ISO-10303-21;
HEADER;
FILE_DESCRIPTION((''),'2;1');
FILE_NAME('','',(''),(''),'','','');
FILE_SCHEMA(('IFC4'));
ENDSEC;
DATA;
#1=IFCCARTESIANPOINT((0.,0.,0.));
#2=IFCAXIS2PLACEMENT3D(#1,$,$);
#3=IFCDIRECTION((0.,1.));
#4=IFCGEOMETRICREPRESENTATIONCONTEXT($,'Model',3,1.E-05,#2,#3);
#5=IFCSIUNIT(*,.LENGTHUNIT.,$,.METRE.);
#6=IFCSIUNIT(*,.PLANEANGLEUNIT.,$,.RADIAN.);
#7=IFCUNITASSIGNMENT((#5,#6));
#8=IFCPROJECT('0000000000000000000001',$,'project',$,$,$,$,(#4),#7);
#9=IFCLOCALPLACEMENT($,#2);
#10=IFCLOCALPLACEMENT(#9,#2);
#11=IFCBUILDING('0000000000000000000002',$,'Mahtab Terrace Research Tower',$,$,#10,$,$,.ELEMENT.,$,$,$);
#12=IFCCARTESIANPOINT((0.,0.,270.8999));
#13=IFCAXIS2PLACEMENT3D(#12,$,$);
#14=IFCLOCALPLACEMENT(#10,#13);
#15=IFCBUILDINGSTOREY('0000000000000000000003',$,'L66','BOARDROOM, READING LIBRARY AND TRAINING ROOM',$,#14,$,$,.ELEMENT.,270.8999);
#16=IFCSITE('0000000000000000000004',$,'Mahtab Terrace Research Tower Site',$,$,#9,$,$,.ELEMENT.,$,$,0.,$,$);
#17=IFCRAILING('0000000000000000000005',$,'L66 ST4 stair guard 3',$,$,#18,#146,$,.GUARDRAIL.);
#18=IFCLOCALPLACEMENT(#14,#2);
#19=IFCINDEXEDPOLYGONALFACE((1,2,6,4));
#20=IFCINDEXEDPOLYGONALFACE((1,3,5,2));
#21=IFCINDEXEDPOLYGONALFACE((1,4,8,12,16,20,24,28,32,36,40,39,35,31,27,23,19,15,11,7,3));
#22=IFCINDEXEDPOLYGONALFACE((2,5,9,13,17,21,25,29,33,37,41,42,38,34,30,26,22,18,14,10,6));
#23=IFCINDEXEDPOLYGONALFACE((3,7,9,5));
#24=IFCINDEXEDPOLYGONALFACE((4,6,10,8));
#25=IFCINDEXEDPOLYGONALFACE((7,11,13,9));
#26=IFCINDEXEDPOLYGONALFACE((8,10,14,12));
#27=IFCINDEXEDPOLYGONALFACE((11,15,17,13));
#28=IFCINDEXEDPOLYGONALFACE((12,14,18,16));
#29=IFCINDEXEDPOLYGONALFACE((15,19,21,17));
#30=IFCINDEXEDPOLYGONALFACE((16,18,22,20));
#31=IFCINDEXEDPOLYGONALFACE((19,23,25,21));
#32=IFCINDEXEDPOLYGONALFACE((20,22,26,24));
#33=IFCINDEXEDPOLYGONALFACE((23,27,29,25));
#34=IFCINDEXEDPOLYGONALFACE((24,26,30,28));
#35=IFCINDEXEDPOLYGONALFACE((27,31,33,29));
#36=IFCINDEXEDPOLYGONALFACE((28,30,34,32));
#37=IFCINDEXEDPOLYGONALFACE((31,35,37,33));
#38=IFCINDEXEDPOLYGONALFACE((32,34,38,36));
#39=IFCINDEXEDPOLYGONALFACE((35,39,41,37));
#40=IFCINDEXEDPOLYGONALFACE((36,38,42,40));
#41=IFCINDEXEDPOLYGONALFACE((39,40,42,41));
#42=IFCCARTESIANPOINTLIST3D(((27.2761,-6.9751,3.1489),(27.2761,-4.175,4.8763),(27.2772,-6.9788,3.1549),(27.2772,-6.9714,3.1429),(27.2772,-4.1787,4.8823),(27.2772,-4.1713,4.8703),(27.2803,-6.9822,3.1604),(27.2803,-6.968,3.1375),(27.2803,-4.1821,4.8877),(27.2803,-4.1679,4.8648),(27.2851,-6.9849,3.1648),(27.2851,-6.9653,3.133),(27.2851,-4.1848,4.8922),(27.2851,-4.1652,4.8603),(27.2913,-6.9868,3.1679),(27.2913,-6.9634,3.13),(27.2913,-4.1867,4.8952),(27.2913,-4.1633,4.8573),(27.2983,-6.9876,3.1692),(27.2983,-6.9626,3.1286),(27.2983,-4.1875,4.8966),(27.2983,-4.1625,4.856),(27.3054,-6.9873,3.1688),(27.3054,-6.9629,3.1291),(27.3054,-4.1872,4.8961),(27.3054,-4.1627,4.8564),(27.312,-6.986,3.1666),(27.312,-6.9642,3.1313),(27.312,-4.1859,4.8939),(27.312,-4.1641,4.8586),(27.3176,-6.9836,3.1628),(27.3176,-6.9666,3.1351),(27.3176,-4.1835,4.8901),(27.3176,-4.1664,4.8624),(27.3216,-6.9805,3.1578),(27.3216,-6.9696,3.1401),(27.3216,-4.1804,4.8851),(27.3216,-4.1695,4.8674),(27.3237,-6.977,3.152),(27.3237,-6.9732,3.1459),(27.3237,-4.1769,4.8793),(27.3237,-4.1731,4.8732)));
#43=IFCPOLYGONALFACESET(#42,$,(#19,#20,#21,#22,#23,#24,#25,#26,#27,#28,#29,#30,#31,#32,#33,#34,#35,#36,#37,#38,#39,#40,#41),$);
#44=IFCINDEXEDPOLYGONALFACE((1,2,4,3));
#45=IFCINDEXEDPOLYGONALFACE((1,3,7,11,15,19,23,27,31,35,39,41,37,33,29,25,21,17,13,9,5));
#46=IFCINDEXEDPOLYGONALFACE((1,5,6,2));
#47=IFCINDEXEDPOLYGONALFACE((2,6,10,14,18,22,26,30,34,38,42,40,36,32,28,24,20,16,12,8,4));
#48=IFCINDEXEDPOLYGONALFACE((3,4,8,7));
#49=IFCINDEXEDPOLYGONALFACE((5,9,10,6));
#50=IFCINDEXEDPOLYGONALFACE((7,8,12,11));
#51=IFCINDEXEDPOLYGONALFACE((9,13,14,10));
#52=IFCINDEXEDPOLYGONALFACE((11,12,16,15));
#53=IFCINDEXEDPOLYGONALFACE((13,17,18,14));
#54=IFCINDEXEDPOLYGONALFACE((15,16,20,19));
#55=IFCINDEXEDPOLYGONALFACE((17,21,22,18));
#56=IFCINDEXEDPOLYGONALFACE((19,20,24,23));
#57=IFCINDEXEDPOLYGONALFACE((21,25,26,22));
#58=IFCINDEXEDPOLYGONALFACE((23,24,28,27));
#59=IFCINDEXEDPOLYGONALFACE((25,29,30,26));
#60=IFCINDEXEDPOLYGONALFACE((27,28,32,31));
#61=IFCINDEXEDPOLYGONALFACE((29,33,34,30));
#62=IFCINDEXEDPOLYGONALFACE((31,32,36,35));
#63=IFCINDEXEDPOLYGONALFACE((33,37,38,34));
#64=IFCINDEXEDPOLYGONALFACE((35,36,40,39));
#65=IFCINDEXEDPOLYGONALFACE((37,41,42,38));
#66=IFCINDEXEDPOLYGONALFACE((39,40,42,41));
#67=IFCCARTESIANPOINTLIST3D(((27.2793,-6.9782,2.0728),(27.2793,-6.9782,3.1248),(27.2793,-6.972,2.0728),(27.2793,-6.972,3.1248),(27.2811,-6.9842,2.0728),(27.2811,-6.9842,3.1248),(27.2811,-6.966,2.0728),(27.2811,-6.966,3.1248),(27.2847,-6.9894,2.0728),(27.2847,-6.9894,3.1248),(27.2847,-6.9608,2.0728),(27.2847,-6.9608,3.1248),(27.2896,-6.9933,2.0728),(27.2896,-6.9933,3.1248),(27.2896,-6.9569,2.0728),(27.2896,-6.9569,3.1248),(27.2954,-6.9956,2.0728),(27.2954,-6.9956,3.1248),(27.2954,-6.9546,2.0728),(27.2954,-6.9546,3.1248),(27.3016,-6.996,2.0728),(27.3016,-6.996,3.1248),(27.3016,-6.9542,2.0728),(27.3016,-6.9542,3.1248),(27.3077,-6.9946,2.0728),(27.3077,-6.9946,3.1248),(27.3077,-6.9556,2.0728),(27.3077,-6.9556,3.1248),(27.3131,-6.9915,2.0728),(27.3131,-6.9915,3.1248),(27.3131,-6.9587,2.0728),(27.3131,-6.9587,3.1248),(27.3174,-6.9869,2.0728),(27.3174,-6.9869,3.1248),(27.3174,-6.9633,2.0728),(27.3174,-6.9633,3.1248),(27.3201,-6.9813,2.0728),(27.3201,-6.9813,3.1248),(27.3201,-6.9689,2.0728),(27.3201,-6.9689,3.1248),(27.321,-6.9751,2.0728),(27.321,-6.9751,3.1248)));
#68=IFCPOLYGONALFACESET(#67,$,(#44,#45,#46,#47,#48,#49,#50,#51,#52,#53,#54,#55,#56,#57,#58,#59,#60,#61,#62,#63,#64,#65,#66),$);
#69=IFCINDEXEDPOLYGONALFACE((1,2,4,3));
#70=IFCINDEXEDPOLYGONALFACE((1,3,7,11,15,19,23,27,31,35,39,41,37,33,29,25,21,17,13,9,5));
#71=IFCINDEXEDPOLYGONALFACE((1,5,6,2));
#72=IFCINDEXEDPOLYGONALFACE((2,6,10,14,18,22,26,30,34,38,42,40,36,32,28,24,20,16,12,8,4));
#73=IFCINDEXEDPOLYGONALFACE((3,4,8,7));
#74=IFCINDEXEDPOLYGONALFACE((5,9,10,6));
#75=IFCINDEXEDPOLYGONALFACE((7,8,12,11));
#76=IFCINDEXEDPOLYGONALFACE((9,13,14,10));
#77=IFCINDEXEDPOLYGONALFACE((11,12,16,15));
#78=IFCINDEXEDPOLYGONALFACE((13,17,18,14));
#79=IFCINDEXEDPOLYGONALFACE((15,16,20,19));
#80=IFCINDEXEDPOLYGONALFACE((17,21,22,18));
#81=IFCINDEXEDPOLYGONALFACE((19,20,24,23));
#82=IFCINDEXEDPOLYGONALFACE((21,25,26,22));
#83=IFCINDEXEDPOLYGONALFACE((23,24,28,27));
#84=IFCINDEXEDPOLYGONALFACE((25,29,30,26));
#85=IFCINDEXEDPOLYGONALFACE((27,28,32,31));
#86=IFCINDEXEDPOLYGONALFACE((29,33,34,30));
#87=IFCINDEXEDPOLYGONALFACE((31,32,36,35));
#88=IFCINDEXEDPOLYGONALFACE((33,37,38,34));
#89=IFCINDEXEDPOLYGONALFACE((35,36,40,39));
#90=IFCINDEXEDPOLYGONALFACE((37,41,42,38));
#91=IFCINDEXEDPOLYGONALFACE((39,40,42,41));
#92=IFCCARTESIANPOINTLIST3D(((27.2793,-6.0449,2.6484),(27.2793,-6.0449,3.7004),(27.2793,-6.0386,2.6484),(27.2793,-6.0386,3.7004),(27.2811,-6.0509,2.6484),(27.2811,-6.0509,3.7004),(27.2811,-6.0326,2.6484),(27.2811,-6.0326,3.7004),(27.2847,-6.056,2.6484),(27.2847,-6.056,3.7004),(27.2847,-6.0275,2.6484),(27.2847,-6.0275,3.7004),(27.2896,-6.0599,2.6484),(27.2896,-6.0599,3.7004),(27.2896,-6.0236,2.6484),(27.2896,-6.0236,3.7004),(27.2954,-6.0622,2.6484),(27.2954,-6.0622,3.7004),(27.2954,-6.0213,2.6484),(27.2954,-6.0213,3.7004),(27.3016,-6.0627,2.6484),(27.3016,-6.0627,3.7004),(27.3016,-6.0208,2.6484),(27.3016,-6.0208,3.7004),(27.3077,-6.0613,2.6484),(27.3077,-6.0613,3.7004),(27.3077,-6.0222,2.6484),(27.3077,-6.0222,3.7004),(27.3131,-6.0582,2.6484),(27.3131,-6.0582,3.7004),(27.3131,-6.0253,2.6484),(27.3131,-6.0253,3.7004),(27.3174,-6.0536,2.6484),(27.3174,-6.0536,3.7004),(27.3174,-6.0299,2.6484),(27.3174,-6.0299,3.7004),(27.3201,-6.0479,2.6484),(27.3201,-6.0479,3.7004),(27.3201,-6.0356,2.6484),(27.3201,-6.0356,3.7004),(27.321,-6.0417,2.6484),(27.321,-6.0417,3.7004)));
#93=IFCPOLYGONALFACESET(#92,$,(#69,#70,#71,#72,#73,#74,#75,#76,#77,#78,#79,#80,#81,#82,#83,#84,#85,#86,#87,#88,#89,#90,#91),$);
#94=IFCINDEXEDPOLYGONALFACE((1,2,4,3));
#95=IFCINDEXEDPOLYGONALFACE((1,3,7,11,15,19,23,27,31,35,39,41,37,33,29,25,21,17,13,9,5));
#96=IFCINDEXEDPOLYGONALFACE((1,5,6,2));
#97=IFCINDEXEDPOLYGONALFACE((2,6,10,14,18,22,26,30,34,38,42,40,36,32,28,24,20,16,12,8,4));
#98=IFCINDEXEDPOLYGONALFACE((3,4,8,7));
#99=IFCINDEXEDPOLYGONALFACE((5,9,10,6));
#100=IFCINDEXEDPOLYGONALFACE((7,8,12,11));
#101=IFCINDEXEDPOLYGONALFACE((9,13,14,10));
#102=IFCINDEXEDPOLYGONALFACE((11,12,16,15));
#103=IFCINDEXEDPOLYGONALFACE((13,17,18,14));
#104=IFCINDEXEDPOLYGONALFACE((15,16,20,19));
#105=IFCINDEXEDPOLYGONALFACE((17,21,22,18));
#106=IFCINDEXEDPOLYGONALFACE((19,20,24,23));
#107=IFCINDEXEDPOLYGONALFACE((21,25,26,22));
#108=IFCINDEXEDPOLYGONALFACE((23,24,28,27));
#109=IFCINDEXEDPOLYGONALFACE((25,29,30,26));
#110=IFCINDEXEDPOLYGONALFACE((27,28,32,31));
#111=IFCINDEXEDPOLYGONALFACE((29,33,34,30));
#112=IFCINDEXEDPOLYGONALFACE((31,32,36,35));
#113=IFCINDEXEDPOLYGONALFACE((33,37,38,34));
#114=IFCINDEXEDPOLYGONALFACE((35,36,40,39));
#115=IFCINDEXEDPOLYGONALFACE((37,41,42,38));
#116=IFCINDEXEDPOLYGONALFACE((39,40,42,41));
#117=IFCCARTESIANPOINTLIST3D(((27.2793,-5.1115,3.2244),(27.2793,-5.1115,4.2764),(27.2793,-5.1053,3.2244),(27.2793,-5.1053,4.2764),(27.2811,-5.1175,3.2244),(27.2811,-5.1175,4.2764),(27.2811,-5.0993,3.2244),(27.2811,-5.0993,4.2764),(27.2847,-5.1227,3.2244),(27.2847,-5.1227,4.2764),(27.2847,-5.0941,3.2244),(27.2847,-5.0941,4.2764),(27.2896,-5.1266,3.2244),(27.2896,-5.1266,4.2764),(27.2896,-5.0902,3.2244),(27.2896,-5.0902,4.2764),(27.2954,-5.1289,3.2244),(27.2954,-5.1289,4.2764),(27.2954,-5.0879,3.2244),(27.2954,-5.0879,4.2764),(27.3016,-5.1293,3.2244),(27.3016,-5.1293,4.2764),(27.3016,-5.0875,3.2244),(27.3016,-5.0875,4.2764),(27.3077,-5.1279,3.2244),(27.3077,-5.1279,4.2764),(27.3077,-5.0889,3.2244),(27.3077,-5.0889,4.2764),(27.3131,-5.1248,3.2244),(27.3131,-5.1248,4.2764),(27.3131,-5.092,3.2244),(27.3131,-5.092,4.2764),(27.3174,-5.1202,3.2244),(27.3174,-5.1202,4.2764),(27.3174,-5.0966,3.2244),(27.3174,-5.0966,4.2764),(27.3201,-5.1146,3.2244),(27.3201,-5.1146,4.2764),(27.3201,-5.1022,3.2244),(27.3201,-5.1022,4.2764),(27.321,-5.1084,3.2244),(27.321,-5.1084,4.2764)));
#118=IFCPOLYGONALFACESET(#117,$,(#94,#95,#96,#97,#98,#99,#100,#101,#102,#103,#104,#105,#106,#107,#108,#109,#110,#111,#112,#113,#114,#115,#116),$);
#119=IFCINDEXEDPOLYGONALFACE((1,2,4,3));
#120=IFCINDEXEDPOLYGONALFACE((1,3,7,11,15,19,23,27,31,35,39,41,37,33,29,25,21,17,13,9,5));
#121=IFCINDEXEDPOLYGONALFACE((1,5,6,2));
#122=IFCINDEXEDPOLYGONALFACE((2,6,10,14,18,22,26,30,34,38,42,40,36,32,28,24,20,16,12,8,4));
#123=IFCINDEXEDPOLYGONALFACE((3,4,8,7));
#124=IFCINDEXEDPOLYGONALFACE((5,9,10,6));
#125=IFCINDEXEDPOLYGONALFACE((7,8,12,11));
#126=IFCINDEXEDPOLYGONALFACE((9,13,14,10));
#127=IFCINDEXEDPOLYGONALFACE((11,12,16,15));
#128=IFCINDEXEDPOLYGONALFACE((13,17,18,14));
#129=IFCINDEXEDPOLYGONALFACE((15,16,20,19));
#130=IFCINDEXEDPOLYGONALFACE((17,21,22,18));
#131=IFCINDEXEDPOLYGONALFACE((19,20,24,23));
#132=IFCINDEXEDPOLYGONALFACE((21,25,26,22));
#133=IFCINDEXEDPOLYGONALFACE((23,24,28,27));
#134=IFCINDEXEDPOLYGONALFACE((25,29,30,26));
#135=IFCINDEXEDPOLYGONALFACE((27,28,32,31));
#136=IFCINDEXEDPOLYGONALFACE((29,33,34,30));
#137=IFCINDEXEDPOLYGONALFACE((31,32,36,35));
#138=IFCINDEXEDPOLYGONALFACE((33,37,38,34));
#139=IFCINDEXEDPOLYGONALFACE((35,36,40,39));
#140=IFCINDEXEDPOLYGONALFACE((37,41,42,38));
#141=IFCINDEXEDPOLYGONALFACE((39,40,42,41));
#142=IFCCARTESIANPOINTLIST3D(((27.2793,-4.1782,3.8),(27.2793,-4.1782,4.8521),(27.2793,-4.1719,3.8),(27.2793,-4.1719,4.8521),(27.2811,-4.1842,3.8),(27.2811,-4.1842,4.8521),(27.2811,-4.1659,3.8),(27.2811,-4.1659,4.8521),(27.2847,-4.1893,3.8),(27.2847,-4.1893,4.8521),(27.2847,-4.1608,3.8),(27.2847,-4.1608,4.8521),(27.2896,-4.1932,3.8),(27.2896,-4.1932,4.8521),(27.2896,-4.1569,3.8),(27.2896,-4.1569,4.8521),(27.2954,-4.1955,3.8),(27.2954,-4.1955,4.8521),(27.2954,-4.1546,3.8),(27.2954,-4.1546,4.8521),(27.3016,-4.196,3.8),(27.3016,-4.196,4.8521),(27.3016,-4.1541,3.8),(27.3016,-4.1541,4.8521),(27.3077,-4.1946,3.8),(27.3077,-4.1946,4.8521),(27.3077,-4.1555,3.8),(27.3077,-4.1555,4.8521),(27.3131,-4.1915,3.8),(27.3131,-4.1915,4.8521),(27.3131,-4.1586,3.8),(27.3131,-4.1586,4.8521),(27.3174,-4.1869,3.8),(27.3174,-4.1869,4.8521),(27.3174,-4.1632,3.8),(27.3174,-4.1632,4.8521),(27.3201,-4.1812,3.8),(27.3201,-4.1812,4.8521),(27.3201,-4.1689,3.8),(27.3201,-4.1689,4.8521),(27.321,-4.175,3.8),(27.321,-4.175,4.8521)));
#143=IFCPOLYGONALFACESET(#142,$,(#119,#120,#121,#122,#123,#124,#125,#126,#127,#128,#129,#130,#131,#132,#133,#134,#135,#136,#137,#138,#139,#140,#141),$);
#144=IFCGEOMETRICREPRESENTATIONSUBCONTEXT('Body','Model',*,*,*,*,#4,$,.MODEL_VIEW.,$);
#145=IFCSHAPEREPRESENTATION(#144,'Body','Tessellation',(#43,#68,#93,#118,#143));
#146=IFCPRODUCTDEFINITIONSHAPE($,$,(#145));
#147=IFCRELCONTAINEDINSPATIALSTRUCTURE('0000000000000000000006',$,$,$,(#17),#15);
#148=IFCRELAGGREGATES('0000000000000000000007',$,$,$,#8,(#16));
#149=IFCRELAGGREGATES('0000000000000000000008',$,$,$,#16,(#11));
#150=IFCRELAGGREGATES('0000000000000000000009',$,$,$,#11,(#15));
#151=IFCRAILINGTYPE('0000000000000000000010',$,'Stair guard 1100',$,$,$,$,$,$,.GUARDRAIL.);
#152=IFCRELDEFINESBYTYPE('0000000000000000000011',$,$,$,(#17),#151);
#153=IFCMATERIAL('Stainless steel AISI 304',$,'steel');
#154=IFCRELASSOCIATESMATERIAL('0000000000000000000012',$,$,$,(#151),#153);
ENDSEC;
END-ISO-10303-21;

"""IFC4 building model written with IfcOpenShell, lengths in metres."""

from ifc_helpers import new_model, si_unit, direction, frame, origin, origin_2d, place, context, subcontext, project, spatial, circle, extrude, material, type_object, element, save


model = new_model("IFC4")

# Units and contexts
model_context = context("Model", 3, precision=1e-05, world=origin(), true_north=direction((0.0, 1.0)))
body_context = subcontext(model_context, "Body", "Model", "MODEL_VIEW")
ifc_project = project(units=[si_unit("LENGTHUNIT", "METRE"), si_unit("PLANEANGLEUNIT", "RADIAN")], contexts=[model_context])

# Site, building, storey
site_placement = place(None, origin())
site = spatial("IfcSite", under=ifc_project, at=site_placement, Name="Mahtab Terrace Research Tower Site", CompositionType="ELEMENT", RefElevation=0.0)
building_placement = place(site_placement, origin())
building = spatial("IfcBuilding", under=site, at=building_placement, Name="Mahtab Terrace Research Tower", CompositionType="ELEMENT")
storey_placement = place(building_placement, frame((0.0, 0.0, 270.8999)))
storey = spatial("IfcBuildingStorey", under=building, at=storey_placement, Name="L66", Description="BOARDROOM, READING LIBRARY AND TRAINING ROOM", CompositionType="ELEMENT", Elevation=270.8999)

# Railing
ifc_material_1 = material(Name="Stainless steel AISI 304", Category="steel")
railing_type_1 = type_object("IfcRailingType", Name="Stair guard 1100", PredefinedType="GUARDRAIL", material=ifc_material_1)
railing_1_placement = place(storey_placement, frame((27.3, -6.9751, 2.0728)))
element("IfcRailing", 1, at=railing_1_placement, inside=storey, type_object=railing_type_1, Name="L66 ST4 stair guard 3", PredefinedType="GUARDRAIL", context=body_context, shape_type="SweptSolid", body=[
    extrude(circle(Radius=0.0239, at=origin_2d()), frame((0.0, 0.0, 1.0762), z_axis=(0.0, 0.85109, 0.52502), x_axis=(-1.0, 0.0, 0.0)), (0.0, 0.0, 1.0), 3.29),
    extrude(circle(Radius=0.021, at=origin_2d()), origin(), (0.0, 0.0, 1.0), 1.052),
    extrude(circle(Radius=0.021, at=origin_2d()), frame((0.0, 0.9333, 0.5757)), (0.0, 0.0, 1.0), 1.052),
    extrude(circle(Radius=0.021, at=origin_2d()), frame((0.0, 1.8667, 1.1516)), (0.0, 0.0, 1.0), 1.052),
    extrude(circle(Radius=0.021, at=origin_2d()), frame((0.0, 2.8, 1.7273)), (0.0, 0.0, 1.0), 1.052),
])

save(model, "model.ifc")
